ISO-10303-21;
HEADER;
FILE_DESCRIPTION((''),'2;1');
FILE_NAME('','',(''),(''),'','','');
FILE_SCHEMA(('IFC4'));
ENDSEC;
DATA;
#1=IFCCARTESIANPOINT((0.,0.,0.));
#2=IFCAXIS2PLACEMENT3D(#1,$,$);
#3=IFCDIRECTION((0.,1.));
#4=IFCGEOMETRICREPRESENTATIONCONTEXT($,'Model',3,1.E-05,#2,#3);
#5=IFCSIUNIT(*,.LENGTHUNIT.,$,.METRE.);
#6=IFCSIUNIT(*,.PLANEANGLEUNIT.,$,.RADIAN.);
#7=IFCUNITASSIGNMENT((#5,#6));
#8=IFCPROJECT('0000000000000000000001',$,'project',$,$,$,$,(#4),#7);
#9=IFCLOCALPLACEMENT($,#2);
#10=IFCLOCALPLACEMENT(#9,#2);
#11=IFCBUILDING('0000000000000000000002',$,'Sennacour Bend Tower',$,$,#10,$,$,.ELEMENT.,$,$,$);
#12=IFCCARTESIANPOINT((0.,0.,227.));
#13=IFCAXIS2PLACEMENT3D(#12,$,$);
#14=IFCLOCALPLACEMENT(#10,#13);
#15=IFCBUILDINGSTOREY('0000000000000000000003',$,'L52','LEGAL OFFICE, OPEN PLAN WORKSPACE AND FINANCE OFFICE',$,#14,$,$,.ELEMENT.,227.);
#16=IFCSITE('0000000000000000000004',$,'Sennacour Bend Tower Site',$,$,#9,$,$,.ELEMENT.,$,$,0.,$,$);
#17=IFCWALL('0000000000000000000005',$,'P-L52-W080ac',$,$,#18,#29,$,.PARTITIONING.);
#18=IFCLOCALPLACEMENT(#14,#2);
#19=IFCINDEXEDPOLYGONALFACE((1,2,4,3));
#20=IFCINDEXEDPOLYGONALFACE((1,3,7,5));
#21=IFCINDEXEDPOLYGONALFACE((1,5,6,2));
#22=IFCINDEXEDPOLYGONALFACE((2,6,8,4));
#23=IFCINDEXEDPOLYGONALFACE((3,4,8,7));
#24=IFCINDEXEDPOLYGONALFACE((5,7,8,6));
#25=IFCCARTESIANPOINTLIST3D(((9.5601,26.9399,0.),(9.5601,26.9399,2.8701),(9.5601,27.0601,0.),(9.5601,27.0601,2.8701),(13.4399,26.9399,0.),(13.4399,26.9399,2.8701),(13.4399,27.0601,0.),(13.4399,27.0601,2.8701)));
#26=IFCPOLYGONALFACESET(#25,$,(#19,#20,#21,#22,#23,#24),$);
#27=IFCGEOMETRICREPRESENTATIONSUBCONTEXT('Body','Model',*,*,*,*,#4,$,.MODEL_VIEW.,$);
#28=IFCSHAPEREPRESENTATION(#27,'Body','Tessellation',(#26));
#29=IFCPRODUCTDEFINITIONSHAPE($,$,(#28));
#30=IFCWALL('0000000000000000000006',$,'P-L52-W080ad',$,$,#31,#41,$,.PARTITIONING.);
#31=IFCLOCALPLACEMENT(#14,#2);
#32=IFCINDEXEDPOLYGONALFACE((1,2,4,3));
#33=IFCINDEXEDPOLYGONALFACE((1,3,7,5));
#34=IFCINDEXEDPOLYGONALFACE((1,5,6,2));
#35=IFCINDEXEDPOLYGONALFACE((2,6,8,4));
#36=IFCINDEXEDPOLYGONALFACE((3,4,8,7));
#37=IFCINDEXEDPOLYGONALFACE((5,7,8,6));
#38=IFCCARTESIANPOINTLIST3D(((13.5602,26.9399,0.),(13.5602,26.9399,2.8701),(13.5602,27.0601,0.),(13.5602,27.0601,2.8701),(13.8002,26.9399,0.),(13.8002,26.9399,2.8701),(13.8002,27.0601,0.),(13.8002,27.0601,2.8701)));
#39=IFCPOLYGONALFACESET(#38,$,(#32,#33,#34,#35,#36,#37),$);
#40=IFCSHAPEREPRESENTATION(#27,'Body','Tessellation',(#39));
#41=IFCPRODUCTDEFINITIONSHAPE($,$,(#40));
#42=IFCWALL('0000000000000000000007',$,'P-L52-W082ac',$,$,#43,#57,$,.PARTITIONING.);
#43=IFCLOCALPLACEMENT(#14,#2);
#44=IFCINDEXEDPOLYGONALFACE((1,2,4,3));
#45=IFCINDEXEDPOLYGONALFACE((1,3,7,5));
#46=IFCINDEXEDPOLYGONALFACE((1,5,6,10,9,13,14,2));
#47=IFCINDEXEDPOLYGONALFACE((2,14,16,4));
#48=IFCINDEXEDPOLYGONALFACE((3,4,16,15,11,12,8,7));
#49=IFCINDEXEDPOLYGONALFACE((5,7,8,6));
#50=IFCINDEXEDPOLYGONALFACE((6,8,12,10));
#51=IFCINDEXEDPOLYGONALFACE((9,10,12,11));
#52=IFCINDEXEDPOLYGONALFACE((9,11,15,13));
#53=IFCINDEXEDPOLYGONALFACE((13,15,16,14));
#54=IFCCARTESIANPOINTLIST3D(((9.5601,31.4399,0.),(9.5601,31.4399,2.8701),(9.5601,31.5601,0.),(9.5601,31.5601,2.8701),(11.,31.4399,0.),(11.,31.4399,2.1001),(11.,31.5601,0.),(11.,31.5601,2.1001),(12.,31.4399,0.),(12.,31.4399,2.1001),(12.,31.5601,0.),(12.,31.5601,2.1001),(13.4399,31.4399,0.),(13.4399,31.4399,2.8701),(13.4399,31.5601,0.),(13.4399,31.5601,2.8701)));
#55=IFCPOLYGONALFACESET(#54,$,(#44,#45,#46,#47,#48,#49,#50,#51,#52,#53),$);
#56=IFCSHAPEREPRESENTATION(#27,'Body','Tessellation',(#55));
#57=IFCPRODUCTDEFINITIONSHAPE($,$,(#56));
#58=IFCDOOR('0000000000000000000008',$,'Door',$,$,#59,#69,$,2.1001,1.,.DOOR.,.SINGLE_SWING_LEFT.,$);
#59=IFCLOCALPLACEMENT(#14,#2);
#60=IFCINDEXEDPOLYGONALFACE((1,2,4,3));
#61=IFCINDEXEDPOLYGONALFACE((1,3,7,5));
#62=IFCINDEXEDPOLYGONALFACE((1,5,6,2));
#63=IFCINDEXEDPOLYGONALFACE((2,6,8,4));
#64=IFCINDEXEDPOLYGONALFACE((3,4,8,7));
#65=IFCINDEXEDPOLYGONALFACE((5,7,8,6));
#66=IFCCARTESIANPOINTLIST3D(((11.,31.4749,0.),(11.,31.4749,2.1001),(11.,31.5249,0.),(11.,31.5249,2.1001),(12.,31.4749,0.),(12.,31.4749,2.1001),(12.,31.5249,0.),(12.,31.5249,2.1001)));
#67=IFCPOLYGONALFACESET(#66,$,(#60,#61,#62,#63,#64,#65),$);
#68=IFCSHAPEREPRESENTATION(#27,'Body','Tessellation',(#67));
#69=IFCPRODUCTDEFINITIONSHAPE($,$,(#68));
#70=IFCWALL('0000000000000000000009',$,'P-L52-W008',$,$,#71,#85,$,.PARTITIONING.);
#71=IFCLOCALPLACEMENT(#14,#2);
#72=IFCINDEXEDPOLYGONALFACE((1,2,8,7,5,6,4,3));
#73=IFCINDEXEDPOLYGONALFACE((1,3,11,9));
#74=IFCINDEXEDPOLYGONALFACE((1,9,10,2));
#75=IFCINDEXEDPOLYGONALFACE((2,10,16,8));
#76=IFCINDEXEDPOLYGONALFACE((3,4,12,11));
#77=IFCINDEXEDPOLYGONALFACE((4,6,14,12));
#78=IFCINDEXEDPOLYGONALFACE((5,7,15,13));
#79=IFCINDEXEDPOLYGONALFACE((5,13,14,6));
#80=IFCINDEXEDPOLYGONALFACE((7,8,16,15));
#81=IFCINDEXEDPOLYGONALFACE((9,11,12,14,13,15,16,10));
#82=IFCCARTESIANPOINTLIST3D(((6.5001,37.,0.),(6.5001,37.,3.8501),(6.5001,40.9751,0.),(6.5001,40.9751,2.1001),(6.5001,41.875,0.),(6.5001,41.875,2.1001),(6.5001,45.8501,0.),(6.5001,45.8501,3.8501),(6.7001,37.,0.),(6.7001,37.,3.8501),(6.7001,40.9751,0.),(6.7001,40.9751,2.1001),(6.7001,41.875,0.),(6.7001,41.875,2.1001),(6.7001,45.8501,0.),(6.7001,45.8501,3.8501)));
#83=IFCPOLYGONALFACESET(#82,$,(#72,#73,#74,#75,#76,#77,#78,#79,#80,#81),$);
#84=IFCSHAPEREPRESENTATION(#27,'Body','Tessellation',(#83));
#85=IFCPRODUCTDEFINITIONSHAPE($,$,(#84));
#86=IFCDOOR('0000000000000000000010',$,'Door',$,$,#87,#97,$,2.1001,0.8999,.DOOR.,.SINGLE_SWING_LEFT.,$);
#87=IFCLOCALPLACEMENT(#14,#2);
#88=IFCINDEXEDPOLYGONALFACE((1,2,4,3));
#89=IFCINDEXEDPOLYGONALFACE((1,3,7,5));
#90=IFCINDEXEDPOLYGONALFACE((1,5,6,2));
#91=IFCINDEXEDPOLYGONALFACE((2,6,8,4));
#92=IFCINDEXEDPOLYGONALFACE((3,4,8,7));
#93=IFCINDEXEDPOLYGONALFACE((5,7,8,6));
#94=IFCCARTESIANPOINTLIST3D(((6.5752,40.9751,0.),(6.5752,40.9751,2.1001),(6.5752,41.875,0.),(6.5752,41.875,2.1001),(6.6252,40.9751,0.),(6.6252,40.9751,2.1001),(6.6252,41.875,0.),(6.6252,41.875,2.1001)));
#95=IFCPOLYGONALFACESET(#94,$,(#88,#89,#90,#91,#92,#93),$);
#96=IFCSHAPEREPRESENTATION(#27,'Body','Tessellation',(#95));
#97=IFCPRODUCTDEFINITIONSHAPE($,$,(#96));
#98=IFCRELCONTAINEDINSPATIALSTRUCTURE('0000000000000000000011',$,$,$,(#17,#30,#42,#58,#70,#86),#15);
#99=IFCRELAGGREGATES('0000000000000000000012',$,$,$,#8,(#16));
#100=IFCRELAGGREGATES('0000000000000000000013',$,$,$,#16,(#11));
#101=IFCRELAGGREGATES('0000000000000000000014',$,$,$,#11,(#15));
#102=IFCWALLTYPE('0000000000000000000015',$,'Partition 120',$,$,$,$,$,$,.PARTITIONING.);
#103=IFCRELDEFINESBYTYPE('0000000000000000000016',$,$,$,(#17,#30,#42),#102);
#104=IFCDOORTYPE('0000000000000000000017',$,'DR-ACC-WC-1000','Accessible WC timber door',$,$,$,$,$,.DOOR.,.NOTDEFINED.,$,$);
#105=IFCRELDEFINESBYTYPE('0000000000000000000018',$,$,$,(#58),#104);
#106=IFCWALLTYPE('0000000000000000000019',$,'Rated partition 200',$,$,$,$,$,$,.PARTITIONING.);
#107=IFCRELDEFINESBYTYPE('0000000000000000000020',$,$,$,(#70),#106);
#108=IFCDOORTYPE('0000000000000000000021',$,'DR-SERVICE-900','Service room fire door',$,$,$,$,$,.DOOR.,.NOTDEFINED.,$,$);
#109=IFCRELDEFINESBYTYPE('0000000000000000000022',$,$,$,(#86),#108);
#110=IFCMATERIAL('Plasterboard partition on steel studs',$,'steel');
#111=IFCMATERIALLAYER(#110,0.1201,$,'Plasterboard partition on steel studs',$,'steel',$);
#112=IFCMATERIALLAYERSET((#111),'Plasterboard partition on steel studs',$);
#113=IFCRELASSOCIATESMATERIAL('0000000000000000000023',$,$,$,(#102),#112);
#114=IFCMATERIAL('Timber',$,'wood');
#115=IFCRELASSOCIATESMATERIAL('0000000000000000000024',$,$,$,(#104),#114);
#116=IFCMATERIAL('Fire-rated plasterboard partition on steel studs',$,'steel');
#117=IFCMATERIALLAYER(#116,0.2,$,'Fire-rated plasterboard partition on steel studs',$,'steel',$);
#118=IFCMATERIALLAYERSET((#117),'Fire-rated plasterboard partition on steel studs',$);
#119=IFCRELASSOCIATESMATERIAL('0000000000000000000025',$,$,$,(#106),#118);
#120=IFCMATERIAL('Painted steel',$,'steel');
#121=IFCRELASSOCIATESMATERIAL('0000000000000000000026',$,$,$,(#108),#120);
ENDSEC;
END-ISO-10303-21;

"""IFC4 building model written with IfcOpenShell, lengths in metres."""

from ifc_helpers import new_model, si_unit, direction, frame, frame_2d, origin, place, context, subcontext, project, spatial, rectangle, extrude, material, layer, layer_set, type_object, element, fill, save


model = new_model("IFC4")

# Units and contexts
model_context = context("Model", 3, precision=1e-05, world=origin(), true_north=direction((0.0, 1.0)))
body_context = subcontext(model_context, "Body", "Model", "MODEL_VIEW")
ifc_project = project(units=[si_unit("LENGTHUNIT", "METRE"), si_unit("PLANEANGLEUNIT", "RADIAN")], contexts=[model_context])

# Site, building, storey
site_placement = place(None, origin())
site = spatial("IfcSite", under=ifc_project, at=site_placement, Name="Sennacour Bend Tower Site", CompositionType="ELEMENT", RefElevation=0.0)
building_placement = place(site_placement, origin())
building = spatial("IfcBuilding", under=site, at=building_placement, Name="Sennacour Bend Tower", CompositionType="ELEMENT")
storey_placement = place(building_placement, frame((0.0, 0.0, 227.0)))
storey = spatial("IfcBuildingStorey", under=building, at=storey_placement, Name="L52", Description="LEGAL OFFICE, OPEN PLAN WORKSPACE AND FINANCE OFFICE", CompositionType="ELEMENT", Elevation=227.0)

# Walls
ifc_material_1 = material(Name="Plasterboard partition on steel studs", Category="steel")
ifc_layer_1 = layer(ifc_material_1, 0.1201, Name="Plasterboard partition on steel studs", Category="steel")
ifc_layer_set_1 = layer_set([ifc_layer_1], Name="Plasterboard partition on steel studs")
wall_type_1 = type_object("IfcWallType", Name="Partition 120", PredefinedType="PARTITIONING", material=ifc_layer_set_1)
wall_1_placement = place(storey_placement, frame((9.5601, 27.0, 0.0), z_axis=(0.0, 0.0, 1.0), x_axis=(1.0, 0.0, 0.0)))
element("IfcWall", 1, at=wall_1_placement, inside=storey, type_object=wall_type_1, Name="P-L52-W080ac", PredefinedType="PARTITIONING", context=body_context, shape_type="SweptSolid", body=[
    extrude(rectangle(XDim=3.8799, YDim=0.1201, at=frame_2d((1.9399, 0.0))), origin(), (0.0, 0.0, 1.0), 2.8701),
])
wall_2_placement = place(storey_placement, frame((13.5601, 27.0, 0.0), z_axis=(0.0, 0.0, 1.0), x_axis=(1.0, 0.0, 0.0)))
element("IfcWall", 2, at=wall_2_placement, inside=storey, type_object=wall_type_1, Name="P-L52-W080ad", PredefinedType="PARTITIONING", context=body_context, shape_type="SweptSolid", body=[
    extrude(rectangle(XDim=0.24, YDim=0.1201, at=frame_2d((0.1201, 0.0))), origin(), (0.0, 0.0, 1.0), 2.8701),
])

# Walls, openings, doors
wall_3_placement = place(storey_placement, frame((9.5601, 31.5, 0.0), z_axis=(0.0, 0.0, 1.0), x_axis=(1.0, 0.0, 0.0)))
wall_3 = element("IfcWall", 3, at=wall_3_placement, inside=storey, type_object=wall_type_1, Name="P-L52-W082ac", PredefinedType="PARTITIONING", context=body_context, shape_type="SweptSolid", body=[
    extrude(rectangle(XDim=3.8799, YDim=0.1201, at=frame_2d((1.9399, 0.0))), origin(), (0.0, 0.0, 1.0), 2.8701),
])
opening_1_placement = place(wall_3_placement, frame((1.4399, 0.0, 0.0)))
opening_1 = element("IfcOpeningElement", 4, at=opening_1_placement, cuts=wall_3, PredefinedType="OPENING", context=body_context, shape_type="SweptSolid", body=[
    extrude(rectangle(XDim=1.0, YDim=2.1001, at=frame_2d((0.5, 1.05))), frame((0.0, 0.0701, 0.0), z_axis=(0.0, -1.0, 0.0), x_axis=(1.0, 0.0, 0.0)), (0.0, 0.0, 1.0), 0.1401),
])
ifc_material_2 = material(Name="Timber", Category="wood")
door_type_1 = type_object("IfcDoorType", Name="DR-ACC-WC-1000", Description="Accessible WC timber door", OperationType="NOTDEFINED", PredefinedType="DOOR", material=ifc_material_2)
door_1_placement = place(opening_1_placement, origin())
door_1 = element("IfcDoor", 5, at=door_1_placement, inside=storey, type_object=door_type_1, Name="Door", OperationType="SINGLE_SWING_LEFT", OverallHeight=2.1001, OverallWidth=1.0, PredefinedType="DOOR", context=body_context, shape_type="SweptSolid", body=[
    extrude(rectangle(XDim=1.0, YDim=2.1001, at=frame_2d((0.5, 1.05))), frame((0.0, 0.0249, 0.0), z_axis=(0.0, -1.0, 0.0), x_axis=(1.0, 0.0, 0.0)), (0.0, 0.0, 1.0), 0.05),
])
fill(opening_1, door_1)
ifc_material_3 = material(Name="Fire-rated plasterboard partition on steel studs", Category="steel")
ifc_layer_2 = layer(ifc_material_3, 0.2, Name="Fire-rated plasterboard partition on steel studs", Category="steel")
ifc_layer_set_2 = layer_set([ifc_layer_2], Name="Fire-rated plasterboard partition on steel studs")
wall_type_2 = type_object("IfcWallType", Name="Rated partition 200", PredefinedType="PARTITIONING", material=ifc_layer_set_2)
wall_4_placement = place(storey_placement, frame((6.6001, 37.0, 0.0), z_axis=(0.0, 0.0, 1.0), x_axis=(0.0, 1.0, 0.0)))
wall_4 = element("IfcWall", 6, at=wall_4_placement, inside=storey, type_object=wall_type_2, Name="P-L52-W008", PredefinedType="PARTITIONING", context=body_context, shape_type="SweptSolid", body=[
    extrude(rectangle(XDim=8.8501, YDim=0.2, at=frame_2d((4.425, 0.0))), origin(), (0.0, 0.0, 1.0), 3.8501),
])
opening_2_placement = place(wall_4_placement, frame((3.9751, 0.0, 0.0)))
opening_2 = element("IfcOpeningElement", 7, at=opening_2_placement, cuts=wall_4, PredefinedType="OPENING", context=body_context, shape_type="SweptSolid", body=[
    extrude(rectangle(XDim=0.8999, YDim=2.1001, at=frame_2d((0.45, 1.05))), frame((0.0, 0.1099, 0.0), z_axis=(0.0, -1.0, 0.0), x_axis=(1.0, 0.0, 0.0)), (0.0, 0.0, 1.0), 0.22),
])
ifc_material_4 = material(Name="Painted steel", Category="steel")
door_type_2 = type_object("IfcDoorType", Name="DR-SERVICE-900", Description="Service room fire door", OperationType="NOTDEFINED", PredefinedType="DOOR", material=ifc_material_4)
door_2_placement = place(opening_2_placement, origin())
door_2 = element("IfcDoor", 8, at=door_2_placement, inside=storey, type_object=door_type_2, Name="Door", OperationType="SINGLE_SWING_LEFT", OverallHeight=2.1001, OverallWidth=0.8999, PredefinedType="DOOR", context=body_context, shape_type="SweptSolid", body=[
    extrude(rectangle(XDim=0.8999, YDim=2.1001, at=frame_2d((0.45, 1.05))), frame((0.0, 0.0249, 0.0), z_axis=(0.0, -1.0, 0.0), x_axis=(1.0, 0.0, 0.0)), (0.0, 0.0, 1.0), 0.05),
])
fill(opening_2, door_2)

save(model, "model.ifc")
